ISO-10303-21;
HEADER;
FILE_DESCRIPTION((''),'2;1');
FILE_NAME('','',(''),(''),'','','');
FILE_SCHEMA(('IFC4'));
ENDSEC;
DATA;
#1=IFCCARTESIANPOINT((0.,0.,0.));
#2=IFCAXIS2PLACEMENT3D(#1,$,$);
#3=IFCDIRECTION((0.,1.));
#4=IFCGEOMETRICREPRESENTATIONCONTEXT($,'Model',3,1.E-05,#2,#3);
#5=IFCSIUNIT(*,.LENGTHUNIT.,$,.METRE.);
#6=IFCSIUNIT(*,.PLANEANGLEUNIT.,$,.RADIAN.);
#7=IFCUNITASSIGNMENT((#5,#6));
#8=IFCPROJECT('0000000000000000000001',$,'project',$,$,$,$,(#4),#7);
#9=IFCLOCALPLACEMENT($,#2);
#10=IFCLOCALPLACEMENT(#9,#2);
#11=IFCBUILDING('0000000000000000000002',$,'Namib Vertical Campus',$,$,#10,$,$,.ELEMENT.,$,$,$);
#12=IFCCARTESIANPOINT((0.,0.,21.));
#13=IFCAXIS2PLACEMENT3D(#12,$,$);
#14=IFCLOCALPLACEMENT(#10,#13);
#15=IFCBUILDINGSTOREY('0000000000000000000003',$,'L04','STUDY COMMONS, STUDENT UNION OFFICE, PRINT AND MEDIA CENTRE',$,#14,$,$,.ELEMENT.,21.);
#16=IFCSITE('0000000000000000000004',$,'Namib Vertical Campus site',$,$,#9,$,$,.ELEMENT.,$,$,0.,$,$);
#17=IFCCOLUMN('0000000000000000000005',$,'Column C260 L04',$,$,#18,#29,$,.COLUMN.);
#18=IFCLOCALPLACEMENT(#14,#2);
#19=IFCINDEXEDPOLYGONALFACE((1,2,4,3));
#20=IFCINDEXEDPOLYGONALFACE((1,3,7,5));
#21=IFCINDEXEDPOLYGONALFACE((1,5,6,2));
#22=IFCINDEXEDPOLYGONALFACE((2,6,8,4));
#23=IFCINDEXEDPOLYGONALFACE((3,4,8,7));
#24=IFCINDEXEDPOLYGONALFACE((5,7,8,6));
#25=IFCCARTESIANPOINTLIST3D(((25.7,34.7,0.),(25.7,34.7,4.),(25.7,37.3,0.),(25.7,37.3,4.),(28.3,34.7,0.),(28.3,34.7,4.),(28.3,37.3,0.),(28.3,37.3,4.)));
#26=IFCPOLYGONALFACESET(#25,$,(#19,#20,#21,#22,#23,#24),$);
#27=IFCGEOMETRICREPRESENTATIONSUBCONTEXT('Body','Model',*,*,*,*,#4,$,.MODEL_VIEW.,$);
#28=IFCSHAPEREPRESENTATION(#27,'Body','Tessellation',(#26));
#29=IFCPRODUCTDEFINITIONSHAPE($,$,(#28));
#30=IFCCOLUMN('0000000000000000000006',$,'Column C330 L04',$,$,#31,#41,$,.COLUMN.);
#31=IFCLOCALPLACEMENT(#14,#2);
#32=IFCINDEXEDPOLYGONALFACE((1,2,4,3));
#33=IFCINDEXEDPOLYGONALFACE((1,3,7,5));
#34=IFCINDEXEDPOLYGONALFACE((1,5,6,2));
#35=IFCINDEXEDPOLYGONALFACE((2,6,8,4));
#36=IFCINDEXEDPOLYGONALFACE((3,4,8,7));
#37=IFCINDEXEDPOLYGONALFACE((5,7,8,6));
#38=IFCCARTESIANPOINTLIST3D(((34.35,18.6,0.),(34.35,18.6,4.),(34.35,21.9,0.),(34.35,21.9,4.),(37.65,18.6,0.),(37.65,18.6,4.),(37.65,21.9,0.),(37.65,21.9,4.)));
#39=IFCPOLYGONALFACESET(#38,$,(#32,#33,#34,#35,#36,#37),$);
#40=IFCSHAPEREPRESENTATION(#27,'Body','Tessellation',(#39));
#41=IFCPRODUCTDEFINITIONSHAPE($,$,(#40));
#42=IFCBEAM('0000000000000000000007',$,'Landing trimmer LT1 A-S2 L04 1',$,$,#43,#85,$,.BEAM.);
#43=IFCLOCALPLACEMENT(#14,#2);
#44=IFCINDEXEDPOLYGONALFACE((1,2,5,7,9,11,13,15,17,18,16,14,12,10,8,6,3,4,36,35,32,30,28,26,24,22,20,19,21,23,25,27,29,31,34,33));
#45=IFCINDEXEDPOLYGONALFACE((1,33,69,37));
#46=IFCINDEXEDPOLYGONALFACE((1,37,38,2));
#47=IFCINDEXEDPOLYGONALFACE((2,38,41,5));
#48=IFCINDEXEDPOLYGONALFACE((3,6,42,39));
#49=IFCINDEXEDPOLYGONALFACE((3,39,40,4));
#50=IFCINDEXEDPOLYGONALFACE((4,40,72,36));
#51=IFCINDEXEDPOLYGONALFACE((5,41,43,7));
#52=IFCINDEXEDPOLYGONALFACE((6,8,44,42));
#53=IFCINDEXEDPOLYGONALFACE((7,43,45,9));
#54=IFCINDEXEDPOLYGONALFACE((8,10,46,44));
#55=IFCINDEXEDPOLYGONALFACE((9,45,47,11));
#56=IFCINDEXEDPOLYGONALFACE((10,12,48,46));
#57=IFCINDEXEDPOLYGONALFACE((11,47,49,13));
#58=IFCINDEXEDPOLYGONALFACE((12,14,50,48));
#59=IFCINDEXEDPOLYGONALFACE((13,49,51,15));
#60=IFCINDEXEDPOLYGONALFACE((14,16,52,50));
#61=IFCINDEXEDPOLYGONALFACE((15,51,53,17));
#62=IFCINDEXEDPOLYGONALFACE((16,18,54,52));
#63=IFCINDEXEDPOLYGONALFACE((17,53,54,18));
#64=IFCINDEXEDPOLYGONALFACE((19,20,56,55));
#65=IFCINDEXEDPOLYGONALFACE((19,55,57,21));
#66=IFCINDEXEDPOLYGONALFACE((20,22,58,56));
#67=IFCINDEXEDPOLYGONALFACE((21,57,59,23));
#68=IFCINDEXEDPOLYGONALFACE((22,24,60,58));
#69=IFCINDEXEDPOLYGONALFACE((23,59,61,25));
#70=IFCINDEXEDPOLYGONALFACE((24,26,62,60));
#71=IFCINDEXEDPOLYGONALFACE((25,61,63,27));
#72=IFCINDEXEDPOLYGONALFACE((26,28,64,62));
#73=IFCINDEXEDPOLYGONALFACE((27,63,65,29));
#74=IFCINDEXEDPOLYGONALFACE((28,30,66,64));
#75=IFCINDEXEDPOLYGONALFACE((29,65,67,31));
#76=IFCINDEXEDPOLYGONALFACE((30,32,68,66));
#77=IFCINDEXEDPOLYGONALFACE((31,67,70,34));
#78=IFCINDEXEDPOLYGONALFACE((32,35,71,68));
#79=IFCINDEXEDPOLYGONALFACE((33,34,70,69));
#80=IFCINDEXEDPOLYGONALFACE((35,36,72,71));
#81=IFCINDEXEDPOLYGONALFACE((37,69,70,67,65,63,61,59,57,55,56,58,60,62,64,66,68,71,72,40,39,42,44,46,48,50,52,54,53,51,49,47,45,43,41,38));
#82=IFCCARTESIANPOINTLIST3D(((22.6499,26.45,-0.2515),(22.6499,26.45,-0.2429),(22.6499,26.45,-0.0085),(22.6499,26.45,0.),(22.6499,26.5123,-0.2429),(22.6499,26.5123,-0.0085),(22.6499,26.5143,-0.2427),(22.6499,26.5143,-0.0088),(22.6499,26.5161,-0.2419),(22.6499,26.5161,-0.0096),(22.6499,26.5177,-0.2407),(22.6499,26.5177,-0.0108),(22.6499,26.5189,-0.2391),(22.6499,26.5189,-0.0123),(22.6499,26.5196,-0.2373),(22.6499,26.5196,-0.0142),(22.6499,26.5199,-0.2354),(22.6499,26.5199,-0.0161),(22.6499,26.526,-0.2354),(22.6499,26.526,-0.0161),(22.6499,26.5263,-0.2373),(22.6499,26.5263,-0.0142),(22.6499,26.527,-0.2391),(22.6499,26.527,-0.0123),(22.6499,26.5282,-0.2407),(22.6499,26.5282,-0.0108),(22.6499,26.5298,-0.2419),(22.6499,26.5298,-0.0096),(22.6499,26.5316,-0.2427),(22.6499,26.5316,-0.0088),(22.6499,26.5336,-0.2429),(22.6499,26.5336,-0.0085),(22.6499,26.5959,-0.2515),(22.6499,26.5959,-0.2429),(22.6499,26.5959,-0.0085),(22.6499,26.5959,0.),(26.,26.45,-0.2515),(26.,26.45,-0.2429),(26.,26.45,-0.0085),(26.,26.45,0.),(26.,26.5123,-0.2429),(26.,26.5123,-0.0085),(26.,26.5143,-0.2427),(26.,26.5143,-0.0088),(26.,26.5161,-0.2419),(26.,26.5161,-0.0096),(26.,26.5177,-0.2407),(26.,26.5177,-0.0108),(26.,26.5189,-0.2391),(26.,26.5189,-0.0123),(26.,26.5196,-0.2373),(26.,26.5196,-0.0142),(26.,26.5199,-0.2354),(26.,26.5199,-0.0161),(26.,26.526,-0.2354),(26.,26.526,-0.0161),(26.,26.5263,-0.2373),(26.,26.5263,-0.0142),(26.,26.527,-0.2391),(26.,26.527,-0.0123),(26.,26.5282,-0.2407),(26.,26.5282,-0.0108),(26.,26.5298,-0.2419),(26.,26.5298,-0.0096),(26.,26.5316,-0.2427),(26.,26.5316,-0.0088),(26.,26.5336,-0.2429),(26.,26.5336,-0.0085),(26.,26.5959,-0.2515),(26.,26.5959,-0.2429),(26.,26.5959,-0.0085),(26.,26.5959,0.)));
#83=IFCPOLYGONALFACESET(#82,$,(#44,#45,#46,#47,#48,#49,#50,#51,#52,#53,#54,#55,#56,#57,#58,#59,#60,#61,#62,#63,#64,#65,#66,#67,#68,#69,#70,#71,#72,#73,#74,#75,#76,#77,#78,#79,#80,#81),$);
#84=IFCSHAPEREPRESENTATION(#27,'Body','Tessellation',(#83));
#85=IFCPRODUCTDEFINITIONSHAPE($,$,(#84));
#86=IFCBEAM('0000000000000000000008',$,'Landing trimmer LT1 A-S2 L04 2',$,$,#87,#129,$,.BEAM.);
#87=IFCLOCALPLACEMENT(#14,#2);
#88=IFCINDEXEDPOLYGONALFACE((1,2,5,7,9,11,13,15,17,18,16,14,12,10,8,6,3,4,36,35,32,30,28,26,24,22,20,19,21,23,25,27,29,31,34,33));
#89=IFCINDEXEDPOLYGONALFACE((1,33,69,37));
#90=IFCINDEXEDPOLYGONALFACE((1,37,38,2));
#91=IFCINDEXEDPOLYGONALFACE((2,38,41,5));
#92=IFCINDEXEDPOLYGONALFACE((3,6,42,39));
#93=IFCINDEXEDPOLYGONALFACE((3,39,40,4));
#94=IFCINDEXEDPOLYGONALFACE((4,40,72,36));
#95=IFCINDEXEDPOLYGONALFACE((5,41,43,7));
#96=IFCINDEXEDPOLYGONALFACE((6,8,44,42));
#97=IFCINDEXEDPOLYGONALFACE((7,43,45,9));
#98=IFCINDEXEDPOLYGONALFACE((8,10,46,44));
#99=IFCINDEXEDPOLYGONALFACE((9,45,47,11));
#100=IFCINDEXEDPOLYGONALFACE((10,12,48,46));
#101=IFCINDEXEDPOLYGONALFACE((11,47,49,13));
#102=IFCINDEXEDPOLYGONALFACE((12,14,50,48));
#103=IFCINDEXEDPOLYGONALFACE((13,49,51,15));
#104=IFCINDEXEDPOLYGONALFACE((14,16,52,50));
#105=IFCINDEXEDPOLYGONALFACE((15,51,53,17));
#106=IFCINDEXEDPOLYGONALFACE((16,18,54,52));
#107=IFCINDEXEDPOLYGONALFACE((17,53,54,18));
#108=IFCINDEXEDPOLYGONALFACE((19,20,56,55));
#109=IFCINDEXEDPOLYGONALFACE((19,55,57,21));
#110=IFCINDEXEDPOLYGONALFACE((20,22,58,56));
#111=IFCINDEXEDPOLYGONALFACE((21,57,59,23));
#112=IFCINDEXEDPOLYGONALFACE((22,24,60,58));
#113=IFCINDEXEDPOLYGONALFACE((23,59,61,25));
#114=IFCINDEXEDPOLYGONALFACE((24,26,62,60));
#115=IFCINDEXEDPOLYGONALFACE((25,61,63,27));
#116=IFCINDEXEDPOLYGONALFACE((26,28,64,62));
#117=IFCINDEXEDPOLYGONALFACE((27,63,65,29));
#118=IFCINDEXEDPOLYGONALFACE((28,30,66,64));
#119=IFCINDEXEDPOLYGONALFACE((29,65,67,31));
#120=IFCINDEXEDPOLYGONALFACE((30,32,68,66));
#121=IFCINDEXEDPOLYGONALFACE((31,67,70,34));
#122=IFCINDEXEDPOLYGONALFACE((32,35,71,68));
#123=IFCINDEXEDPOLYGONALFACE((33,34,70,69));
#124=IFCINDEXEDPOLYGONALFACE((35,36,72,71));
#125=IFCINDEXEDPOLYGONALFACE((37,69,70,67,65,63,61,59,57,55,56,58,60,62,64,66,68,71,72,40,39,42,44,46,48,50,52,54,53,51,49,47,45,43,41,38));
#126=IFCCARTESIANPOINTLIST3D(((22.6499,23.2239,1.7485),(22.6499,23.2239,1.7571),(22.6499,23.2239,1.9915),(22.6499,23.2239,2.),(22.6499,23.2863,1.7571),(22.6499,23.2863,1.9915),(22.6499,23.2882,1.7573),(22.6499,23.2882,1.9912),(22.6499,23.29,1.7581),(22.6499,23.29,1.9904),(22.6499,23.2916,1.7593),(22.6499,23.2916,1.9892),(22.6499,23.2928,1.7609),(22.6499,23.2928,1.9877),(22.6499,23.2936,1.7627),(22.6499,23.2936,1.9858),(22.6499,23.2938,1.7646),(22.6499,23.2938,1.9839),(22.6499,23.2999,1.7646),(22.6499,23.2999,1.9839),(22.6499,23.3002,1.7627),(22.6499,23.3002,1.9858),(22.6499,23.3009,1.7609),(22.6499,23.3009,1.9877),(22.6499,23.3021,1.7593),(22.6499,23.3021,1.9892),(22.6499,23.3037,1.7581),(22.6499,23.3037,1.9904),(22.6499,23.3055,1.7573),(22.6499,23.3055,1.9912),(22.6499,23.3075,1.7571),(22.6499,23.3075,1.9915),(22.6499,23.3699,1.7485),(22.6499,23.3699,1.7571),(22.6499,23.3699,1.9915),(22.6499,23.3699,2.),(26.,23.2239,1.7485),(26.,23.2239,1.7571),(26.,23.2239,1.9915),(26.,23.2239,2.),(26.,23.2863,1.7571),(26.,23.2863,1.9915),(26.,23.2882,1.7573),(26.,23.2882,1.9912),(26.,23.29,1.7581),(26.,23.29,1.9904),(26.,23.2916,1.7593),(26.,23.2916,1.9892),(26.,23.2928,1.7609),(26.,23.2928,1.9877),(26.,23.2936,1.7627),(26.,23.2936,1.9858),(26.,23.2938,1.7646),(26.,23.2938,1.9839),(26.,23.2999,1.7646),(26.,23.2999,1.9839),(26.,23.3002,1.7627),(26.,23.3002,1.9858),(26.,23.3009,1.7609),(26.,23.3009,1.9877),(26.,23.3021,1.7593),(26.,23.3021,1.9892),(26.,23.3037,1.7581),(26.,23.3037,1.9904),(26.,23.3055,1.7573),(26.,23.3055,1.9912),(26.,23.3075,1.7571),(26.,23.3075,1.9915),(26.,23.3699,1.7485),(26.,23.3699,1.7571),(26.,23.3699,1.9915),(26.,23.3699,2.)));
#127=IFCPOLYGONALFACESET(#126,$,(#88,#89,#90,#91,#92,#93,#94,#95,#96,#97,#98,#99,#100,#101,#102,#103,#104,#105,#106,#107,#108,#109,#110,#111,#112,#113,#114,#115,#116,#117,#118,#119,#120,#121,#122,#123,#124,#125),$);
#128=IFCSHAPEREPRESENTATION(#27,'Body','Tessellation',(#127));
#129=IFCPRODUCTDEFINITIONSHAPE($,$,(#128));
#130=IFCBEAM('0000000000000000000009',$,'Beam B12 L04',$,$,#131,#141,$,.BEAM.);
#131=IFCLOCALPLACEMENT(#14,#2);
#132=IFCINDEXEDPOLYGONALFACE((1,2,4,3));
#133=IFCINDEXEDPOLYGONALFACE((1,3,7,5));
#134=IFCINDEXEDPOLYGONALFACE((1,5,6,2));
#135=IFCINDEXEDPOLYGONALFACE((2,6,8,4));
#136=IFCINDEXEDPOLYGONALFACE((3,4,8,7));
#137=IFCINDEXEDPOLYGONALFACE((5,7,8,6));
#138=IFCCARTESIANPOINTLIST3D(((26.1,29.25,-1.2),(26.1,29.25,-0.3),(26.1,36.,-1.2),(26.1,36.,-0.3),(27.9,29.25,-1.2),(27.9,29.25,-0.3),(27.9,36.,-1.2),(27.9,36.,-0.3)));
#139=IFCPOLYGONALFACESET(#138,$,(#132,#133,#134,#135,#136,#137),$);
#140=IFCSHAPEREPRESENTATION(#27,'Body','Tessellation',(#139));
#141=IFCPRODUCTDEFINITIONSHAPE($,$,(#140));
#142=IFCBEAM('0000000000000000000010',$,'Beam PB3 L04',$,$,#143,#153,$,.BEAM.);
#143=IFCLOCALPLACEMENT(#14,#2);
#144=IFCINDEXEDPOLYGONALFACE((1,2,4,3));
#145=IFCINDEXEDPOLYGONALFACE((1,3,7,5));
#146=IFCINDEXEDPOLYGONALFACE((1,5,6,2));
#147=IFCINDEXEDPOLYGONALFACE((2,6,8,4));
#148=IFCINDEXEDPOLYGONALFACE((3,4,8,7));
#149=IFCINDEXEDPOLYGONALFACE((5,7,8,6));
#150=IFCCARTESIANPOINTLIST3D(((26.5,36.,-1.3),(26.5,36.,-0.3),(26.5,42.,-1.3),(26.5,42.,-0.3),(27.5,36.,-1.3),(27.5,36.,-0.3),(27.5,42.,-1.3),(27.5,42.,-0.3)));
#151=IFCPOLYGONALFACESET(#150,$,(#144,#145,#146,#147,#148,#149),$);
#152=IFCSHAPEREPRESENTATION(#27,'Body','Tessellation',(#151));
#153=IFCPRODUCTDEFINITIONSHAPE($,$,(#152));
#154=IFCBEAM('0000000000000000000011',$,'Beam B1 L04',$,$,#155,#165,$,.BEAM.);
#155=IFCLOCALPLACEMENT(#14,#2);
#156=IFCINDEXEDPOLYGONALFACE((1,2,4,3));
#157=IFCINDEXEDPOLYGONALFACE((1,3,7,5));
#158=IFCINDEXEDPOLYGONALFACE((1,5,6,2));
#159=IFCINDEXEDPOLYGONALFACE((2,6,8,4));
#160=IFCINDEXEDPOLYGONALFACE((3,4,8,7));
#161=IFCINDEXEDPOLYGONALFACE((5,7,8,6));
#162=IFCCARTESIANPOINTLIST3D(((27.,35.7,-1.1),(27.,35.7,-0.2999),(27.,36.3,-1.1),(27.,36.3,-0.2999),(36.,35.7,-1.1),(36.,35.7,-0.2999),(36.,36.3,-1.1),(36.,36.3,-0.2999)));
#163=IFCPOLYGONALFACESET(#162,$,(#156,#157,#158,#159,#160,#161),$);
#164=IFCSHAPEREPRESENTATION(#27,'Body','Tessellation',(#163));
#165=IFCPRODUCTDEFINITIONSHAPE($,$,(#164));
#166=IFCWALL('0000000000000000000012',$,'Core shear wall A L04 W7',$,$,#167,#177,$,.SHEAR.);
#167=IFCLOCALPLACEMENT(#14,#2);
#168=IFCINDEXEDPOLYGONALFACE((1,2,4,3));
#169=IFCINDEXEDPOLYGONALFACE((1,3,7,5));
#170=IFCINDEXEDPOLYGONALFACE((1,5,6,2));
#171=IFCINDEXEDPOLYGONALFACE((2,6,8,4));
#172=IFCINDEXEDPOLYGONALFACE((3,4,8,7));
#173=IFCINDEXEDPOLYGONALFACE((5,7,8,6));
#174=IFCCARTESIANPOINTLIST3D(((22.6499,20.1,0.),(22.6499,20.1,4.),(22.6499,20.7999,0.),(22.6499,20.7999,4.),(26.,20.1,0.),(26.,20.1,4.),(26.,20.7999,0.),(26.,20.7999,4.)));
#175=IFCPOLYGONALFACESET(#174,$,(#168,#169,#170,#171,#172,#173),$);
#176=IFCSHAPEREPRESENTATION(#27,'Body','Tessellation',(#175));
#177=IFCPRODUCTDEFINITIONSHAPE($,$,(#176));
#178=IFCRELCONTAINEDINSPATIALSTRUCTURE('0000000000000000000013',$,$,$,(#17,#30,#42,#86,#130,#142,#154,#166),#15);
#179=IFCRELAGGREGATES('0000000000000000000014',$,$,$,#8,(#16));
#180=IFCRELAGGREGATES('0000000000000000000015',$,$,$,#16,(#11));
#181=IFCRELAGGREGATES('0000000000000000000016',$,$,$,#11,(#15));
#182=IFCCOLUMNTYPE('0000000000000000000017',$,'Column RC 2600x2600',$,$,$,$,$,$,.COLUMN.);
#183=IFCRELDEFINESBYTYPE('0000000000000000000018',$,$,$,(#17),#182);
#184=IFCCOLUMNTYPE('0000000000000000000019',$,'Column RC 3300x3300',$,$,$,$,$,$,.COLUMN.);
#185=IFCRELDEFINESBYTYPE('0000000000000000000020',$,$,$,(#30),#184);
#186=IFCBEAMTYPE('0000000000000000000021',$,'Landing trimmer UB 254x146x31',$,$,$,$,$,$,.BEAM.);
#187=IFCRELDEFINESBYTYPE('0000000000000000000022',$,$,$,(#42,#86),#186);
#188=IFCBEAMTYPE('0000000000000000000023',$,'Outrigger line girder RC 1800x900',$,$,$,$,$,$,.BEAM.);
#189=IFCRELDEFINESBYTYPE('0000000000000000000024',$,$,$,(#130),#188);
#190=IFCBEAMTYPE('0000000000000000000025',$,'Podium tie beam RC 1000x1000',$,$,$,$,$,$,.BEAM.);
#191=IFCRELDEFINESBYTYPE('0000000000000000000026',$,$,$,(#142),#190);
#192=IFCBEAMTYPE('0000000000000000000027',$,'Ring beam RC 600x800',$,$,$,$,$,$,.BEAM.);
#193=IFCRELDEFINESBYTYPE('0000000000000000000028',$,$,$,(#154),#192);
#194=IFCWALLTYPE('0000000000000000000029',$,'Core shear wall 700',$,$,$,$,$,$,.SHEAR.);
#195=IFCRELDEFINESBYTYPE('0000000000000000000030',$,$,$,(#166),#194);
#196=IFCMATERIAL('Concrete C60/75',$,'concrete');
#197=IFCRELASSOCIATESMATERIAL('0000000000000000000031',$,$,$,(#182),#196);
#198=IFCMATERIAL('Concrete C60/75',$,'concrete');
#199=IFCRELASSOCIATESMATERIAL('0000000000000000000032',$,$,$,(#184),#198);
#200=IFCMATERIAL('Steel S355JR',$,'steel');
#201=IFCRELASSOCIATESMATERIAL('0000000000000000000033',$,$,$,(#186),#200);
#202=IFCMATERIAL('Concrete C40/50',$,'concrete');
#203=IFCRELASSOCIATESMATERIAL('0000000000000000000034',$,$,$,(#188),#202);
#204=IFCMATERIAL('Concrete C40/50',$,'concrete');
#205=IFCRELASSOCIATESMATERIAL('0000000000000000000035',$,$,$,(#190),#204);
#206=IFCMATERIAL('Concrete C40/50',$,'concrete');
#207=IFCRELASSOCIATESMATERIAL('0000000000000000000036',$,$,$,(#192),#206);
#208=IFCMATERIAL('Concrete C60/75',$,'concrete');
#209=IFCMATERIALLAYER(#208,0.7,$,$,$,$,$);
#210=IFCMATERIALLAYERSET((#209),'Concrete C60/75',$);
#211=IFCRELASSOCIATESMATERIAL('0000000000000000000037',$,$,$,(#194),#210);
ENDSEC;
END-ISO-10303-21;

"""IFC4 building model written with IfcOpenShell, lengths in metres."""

from ifc_helpers import new_model, si_unit, direction, frame, frame_2d, origin, origin_2d, place, context, subcontext, project, spatial, rectangle, i_section, extrude, material, layer, layer_set, material_profile, profile_set, type_object, element, save


model = new_model("IFC4")

# Units and contexts
model_context = context("Model", 3, precision=1e-05, world=origin(), true_north=direction((0.0, 1.0)))
body_context = subcontext(model_context, "Body", "Model", "MODEL_VIEW")
ifc_project = project(units=[si_unit("LENGTHUNIT", "METRE"), si_unit("PLANEANGLEUNIT", "RADIAN")], contexts=[model_context])

# Site, building, storey
site_placement = place(None, origin())
site = spatial("IfcSite", under=ifc_project, at=site_placement, Name="Namib Vertical Campus site", CompositionType="ELEMENT", RefElevation=0.0)
building_placement = place(site_placement, origin())
building = spatial("IfcBuilding", under=site, at=building_placement, Name="Namib Vertical Campus", CompositionType="ELEMENT")
storey_placement = place(building_placement, frame((0.0, 0.0, 21.0)))
storey = spatial("IfcBuildingStorey", under=building, at=storey_placement, Name="L04", Description="STUDY COMMONS, STUDENT UNION OFFICE, PRINT AND MEDIA CENTRE", CompositionType="ELEMENT", Elevation=21.0)

# Columns
ifc_material_1 = material(Name="Concrete C60/75", Category="concrete")
ifc_material_profile_1 = material_profile(ifc_material_1, rectangle(XDim=2.6001, YDim=2.6001, at=origin_2d()))
ifc_profile_set_1 = profile_set([ifc_material_profile_1], Name="Concrete C60/75")
column_type_1 = type_object("IfcColumnType", Name="Column RC 2600x2600", PredefinedType="COLUMN", material=ifc_profile_set_1)
column_1_placement = place(storey_placement, frame((27.0, 36.0, 0.0), z_axis=(0.0, 0.0, 1.0), x_axis=(1.0, 0.0, 0.0)))
element("IfcColumn", 1, at=column_1_placement, inside=storey, type_object=column_type_1, Name="Column C260 L04", PredefinedType="COLUMN", context=body_context, shape_type="SweptSolid", body=[
    extrude(rectangle(XDim=2.6001, YDim=2.6001, at=origin_2d()), origin(), (0.0, 0.0, 1.0), 4.0),
])
ifc_material_2 = material(Name="Concrete C60/75", Category="concrete")
ifc_material_profile_2 = material_profile(ifc_material_2, rectangle(XDim=3.3, YDim=3.3, at=origin_2d()))
ifc_profile_set_2 = profile_set([ifc_material_profile_2], Name="Concrete C60/75")
column_type_2 = type_object("IfcColumnType", Name="Column RC 3300x3300", PredefinedType="COLUMN", material=ifc_profile_set_2)
column_2_placement = place(storey_placement, frame((36.0, 20.25, 0.0), z_axis=(0.0, 0.0, 1.0), x_axis=(1.0, 0.0, 0.0)))
element("IfcColumn", 2, at=column_2_placement, inside=storey, type_object=column_type_2, Name="Column C330 L04", PredefinedType="COLUMN", context=body_context, shape_type="SweptSolid", body=[
    extrude(rectangle(XDim=3.3, YDim=3.3, at=origin_2d()), origin(), (0.0, 0.0, 1.0), 4.0),
])

# Beams
ifc_material_3 = material(Name="Steel S355JR", Category="steel")
ifc_material_profile_3 = material_profile(ifc_material_3, i_section(OverallWidth=0.146, OverallDepth=0.2515, WebThickness=0.0061, FlangeThickness=0.0085, FilletRadius=0.0076, at=origin_2d()))
ifc_profile_set_3 = profile_set([ifc_material_profile_3], Name="Steel S355JR")
beam_type_1 = type_object("IfcBeamType", Name="Landing trimmer UB 254x146x31", PredefinedType="BEAM", material=ifc_profile_set_3)
for number, where, z_axis, x_axis, name in (
    (3, (22.6499, 26.5229, -0.1257), (1.0, 0.0, 0.0), (0.0, 1.0, 0.0), "Landing trimmer LT1 A-S2 L04 1"),
    (4, (22.6499, 23.2969, 1.8743), (1.0, 0.0, 0.0), (0.0, 1.0, 0.0), "Landing trimmer LT1 A-S2 L04 2"),
):
    element("IfcBeam", number, at=place(storey_placement, frame(where, z_axis=z_axis, x_axis=x_axis)), inside=storey, type_object=beam_type_1, Name=name, PredefinedType="BEAM", context=body_context, shape_type="SweptSolid", body=[
        extrude(i_section(OverallWidth=0.146, OverallDepth=0.2515, WebThickness=0.0061, FlangeThickness=0.0085, FilletRadius=0.0076, at=origin_2d()), origin(), (0.0, 0.0, 1.0), 3.3501),
    ])
ifc_material_4 = material(Name="Concrete C40/50", Category="concrete")
ifc_material_profile_4 = material_profile(ifc_material_4, rectangle(XDim=1.8, YDim=0.8999, at=origin_2d()))
ifc_profile_set_4 = profile_set([ifc_material_profile_4], Name="Concrete C40/50")
beam_type_2 = type_object("IfcBeamType", Name="Outrigger line girder RC 1800x900", PredefinedType="BEAM", material=ifc_profile_set_4)
beam_1_placement = place(storey_placement, frame((27.0, 36.0, -0.75), z_axis=(0.0, -1.0, 0.0), x_axis=(1.0, 0.0, 0.0)))
element("IfcBeam", 5, at=beam_1_placement, inside=storey, type_object=beam_type_2, Name="Beam B12 L04", PredefinedType="BEAM", context=body_context, shape_type="SweptSolid", body=[
    extrude(rectangle(XDim=1.8, YDim=0.8999, at=origin_2d()), origin(), (0.0, 0.0, 1.0), 6.75),
])
ifc_material_5 = material(Name="Concrete C40/50", Category="concrete")
ifc_material_profile_5 = material_profile(ifc_material_5, rectangle(XDim=1.0, YDim=1.0, at=origin_2d()))
ifc_profile_set_5 = profile_set([ifc_material_profile_5], Name="Concrete C40/50")
beam_type_3 = type_object("IfcBeamType", Name="Podium tie beam RC 1000x1000", PredefinedType="BEAM", material=ifc_profile_set_5)
beam_2_placement = place(storey_placement, frame((27.0, 36.0, -0.8), z_axis=(0.0, 1.0, 0.0), x_axis=(-1.0, 0.0, 0.0)))
element("IfcBeam", 6, at=beam_2_placement, inside=storey, type_object=beam_type_3, Name="Beam PB3 L04", PredefinedType="BEAM", context=body_context, shape_type="SweptSolid", body=[
    extrude(rectangle(XDim=1.0, YDim=1.0, at=origin_2d()), origin(), (0.0, 0.0, 1.0), 6.0),
])
ifc_material_6 = material(Name="Concrete C40/50", Category="concrete")
ifc_material_profile_6 = material_profile(ifc_material_6, rectangle(XDim=0.6001, YDim=0.8, at=origin_2d()))
ifc_profile_set_6 = profile_set([ifc_material_profile_6], Name="Concrete C40/50")
beam_type_4 = type_object("IfcBeamType", Name="Ring beam RC 600x800", PredefinedType="BEAM", material=ifc_profile_set_6)
beam_3_placement = place(storey_placement, frame((27.0, 36.0, -0.7), z_axis=(1.0, 0.0, 0.0), x_axis=(0.0, 1.0, 0.0)))
element("IfcBeam", 7, at=beam_3_placement, inside=storey, type_object=beam_type_4, Name="Beam B1 L04", PredefinedType="BEAM", context=body_context, shape_type="SweptSolid", body=[
    extrude(rectangle(XDim=0.6001, YDim=0.8, at=origin_2d()), origin(), (0.0, 0.0, 1.0), 9.0),
])

# Wall
ifc_material_7 = material(Name="Concrete C60/75", Category="concrete")
ifc_layer_1 = layer(ifc_material_7, 0.7)
ifc_layer_set_1 = layer_set([ifc_layer_1], Name="Concrete C60/75")
wall_type_1 = type_object("IfcWallType", Name="Core shear wall 700", PredefinedType="SHEAR", material=ifc_layer_set_1)
wall_1_placement = place(storey_placement, frame((22.6499, 20.45, 0.0), z_axis=(0.0, 0.0, 1.0), x_axis=(1.0, 0.0, 0.0)))
element("IfcWall", 8, at=wall_1_placement, inside=storey, type_object=wall_type_1, Name="Core shear wall A L04 W7", PredefinedType="SHEAR", context=body_context, shape_type="SweptSolid", body=[
    extrude(rectangle(XDim=3.3501, YDim=0.7, at=frame_2d((1.675, 0.0))), origin(), (0.0, 0.0, 1.0), 4.0),
])

save(model, "model.ifc")
